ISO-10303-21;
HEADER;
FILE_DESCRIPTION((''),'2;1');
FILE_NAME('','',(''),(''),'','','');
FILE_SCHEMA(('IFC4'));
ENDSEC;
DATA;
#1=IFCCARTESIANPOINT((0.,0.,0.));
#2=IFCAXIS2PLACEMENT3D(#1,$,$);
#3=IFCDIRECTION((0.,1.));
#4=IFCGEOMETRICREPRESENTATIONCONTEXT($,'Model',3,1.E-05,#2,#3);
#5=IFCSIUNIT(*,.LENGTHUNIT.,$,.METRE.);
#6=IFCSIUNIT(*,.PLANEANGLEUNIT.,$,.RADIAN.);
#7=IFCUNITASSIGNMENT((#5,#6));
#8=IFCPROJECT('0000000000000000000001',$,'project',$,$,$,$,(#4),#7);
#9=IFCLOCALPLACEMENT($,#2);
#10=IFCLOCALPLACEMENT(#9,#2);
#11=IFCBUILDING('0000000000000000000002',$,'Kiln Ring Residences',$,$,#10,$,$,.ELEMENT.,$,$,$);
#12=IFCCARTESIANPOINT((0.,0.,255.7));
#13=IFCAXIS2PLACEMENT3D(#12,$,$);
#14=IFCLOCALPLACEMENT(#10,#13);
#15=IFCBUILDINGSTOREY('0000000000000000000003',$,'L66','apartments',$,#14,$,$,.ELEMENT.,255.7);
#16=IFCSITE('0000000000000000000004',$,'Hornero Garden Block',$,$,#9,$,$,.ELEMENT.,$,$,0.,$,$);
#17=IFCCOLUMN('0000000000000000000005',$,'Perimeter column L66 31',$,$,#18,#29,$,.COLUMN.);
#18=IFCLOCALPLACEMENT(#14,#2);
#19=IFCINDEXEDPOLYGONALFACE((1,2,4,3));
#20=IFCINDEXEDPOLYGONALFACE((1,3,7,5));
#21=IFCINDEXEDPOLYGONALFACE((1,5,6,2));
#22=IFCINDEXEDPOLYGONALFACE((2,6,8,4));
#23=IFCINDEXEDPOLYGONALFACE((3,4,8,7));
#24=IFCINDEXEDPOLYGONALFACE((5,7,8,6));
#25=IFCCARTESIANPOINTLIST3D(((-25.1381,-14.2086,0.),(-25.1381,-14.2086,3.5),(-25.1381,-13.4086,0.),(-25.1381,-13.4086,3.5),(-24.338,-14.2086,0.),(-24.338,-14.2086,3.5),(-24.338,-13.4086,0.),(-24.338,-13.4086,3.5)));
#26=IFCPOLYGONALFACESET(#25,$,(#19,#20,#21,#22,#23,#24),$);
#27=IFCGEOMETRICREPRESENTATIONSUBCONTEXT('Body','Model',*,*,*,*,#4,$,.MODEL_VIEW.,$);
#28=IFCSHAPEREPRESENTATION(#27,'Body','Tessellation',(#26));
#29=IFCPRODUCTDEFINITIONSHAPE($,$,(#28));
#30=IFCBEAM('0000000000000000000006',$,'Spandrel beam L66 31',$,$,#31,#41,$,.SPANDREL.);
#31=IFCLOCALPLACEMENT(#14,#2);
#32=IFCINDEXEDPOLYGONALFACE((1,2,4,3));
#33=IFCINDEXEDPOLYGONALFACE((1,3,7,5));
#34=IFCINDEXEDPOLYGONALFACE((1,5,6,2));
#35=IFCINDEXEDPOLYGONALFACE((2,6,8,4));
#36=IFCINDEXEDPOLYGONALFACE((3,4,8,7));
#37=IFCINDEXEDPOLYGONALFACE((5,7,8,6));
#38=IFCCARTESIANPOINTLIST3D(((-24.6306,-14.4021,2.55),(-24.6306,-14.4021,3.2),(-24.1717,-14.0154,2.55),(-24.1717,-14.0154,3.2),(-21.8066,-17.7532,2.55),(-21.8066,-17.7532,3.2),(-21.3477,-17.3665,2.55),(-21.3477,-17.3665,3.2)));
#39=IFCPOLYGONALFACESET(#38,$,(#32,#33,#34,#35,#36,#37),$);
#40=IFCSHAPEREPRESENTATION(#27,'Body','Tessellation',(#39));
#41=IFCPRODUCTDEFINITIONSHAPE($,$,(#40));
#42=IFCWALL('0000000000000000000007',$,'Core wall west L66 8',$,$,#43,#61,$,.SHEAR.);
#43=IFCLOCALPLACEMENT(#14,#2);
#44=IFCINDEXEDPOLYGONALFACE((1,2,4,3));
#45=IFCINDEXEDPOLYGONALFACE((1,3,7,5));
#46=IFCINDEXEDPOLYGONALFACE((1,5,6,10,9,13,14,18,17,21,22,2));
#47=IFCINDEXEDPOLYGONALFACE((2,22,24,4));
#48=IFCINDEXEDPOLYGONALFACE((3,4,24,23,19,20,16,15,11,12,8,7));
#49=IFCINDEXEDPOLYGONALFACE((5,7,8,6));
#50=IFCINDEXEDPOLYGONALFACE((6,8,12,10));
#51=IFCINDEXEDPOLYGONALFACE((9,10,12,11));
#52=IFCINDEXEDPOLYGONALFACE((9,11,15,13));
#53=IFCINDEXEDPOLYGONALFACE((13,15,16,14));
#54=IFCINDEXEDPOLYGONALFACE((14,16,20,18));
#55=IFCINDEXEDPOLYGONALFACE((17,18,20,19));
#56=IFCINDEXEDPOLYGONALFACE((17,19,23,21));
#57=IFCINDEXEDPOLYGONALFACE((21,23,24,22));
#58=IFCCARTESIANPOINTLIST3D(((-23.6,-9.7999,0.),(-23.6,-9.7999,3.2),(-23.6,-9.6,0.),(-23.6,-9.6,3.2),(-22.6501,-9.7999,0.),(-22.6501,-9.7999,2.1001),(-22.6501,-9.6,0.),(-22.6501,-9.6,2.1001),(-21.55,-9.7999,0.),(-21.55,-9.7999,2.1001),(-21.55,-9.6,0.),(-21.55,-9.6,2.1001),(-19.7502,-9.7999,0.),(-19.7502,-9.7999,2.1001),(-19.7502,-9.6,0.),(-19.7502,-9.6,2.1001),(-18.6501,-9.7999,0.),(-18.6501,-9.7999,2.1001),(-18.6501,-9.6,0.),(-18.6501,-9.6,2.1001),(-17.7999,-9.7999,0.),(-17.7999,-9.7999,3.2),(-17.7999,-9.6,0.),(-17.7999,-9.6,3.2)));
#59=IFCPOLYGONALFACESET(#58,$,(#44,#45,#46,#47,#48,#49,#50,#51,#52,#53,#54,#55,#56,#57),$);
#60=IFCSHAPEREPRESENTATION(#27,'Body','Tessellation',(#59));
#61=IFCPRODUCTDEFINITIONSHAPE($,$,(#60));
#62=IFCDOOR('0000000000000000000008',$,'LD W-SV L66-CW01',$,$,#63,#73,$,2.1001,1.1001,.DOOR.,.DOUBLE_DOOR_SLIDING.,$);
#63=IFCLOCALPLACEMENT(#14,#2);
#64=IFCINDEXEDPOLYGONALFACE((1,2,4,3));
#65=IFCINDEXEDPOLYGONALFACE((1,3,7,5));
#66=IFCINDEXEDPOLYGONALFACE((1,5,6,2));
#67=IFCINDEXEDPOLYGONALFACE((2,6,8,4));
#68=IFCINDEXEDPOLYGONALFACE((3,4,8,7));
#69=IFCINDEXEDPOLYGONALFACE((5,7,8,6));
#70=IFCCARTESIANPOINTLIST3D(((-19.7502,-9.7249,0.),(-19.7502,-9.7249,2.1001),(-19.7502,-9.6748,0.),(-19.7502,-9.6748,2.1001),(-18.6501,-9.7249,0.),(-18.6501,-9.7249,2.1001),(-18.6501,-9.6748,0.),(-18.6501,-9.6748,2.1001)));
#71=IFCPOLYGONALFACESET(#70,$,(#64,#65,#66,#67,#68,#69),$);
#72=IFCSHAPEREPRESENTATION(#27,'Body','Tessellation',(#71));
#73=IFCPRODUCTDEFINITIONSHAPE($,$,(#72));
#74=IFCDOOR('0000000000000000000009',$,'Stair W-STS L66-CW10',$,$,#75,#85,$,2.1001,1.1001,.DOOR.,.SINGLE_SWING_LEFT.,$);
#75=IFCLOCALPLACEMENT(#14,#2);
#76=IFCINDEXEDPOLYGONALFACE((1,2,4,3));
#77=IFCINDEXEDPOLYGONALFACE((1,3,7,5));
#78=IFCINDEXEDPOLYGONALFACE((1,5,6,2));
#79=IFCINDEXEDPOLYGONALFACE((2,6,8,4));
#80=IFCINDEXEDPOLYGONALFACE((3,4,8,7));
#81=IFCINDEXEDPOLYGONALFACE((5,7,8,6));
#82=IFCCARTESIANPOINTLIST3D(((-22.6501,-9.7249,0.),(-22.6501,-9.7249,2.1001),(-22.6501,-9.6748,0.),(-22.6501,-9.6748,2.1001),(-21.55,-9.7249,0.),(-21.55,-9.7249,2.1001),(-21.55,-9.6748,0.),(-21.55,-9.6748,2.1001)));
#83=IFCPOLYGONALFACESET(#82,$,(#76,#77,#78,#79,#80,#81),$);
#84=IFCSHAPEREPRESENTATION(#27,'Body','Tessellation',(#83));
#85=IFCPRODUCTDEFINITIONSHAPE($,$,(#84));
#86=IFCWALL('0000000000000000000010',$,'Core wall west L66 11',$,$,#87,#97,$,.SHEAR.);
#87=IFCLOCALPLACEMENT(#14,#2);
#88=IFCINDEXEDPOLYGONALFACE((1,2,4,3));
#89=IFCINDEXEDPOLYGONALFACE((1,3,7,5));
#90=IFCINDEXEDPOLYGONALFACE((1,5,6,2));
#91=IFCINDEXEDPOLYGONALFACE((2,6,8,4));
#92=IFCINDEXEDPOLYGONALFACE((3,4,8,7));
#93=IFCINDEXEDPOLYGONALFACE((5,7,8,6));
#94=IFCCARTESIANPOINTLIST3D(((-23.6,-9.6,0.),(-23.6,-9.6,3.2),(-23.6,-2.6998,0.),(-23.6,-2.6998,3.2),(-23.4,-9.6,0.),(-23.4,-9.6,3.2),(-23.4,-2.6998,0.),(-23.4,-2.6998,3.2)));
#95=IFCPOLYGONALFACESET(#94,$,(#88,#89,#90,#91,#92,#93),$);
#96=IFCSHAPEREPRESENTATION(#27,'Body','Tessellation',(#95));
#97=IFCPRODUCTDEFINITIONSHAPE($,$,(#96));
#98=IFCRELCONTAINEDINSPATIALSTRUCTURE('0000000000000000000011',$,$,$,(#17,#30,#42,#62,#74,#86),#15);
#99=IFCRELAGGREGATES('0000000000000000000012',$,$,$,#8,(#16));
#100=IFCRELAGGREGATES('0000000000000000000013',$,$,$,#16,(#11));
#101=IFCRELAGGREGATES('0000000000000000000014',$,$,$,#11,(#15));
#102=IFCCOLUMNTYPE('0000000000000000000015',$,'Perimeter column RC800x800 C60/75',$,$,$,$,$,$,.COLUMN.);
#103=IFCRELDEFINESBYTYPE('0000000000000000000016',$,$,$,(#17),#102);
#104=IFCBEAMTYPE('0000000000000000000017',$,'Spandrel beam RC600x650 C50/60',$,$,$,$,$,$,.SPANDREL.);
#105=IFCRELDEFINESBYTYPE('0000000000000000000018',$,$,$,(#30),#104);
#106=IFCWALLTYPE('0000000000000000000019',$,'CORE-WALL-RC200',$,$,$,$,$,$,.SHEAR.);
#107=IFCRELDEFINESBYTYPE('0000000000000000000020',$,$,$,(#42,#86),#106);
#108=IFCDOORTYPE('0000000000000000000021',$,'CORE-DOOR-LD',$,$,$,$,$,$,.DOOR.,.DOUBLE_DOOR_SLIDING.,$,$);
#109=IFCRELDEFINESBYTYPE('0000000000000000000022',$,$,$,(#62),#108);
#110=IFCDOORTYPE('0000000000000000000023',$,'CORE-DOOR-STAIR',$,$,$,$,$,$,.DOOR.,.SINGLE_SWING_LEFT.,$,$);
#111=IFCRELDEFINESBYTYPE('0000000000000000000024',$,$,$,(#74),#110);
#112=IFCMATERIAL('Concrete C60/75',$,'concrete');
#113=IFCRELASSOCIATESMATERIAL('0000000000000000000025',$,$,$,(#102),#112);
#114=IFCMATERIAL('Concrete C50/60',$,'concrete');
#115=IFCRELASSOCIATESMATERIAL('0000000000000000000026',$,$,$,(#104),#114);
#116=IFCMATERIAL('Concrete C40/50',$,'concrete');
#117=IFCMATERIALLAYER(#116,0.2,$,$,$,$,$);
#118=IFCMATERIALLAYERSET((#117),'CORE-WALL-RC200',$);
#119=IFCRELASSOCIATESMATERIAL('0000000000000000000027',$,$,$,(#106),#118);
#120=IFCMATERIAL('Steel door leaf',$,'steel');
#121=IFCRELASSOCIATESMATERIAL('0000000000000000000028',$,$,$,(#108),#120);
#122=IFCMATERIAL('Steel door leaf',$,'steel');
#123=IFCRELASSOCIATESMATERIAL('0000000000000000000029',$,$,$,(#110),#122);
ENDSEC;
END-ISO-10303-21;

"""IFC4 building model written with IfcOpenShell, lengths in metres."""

from ifc_helpers import new_model, si_unit, direction, frame, frame_2d, origin, origin_2d, place, context, subcontext, project, spatial, rectangle, extrude, material, layer, layer_set, material_profile, profile_set, type_object, element, fill, save


model = new_model("IFC4")

# Units and contexts
model_context = context("Model", 3, precision=1e-05, world=origin(), true_north=direction((0.0, 1.0)))
body_context = subcontext(model_context, "Body", "Model", "MODEL_VIEW")
ifc_project = project(units=[si_unit("LENGTHUNIT", "METRE"), si_unit("PLANEANGLEUNIT", "RADIAN")], contexts=[model_context])

# Site, building, storey
site_placement = place(None, origin())
site = spatial("IfcSite", under=ifc_project, at=site_placement, Name="Hornero Garden Block", CompositionType="ELEMENT", RefElevation=0.0)
building_placement = place(site_placement, origin())
building = spatial("IfcBuilding", under=site, at=building_placement, Name="Kiln Ring Residences", CompositionType="ELEMENT")
storey_placement = place(building_placement, frame((0.0, 0.0, 255.7)))
storey = spatial("IfcBuildingStorey", under=building, at=storey_placement, Name="L66", Description="apartments", CompositionType="ELEMENT", Elevation=255.7)

# Column
ifc_material_1 = material(Name="Concrete C60/75", Category="concrete")
ifc_material_profile_1 = material_profile(ifc_material_1, rectangle(XDim=0.8, YDim=0.8, at=origin_2d()), Name="RC800x800")
ifc_profile_set_1 = profile_set([ifc_material_profile_1], Name="Concrete C60/75")
column_type = type_object("IfcColumnType", Name="Perimeter column RC800x800 C60/75", PredefinedType="COLUMN", material=ifc_profile_set_1)
column_placement = place(storey_placement, frame((-24.738, -13.8086, 0.0), z_axis=(0.0, 0.0, 1.0), x_axis=(1.0, 0.0, 0.0)))
element("IfcColumn", 1, at=column_placement, inside=storey, type_object=column_type, Name="Perimeter column L66 31", PredefinedType="COLUMN", context=body_context, shape_type="SweptSolid", body=[
    extrude(rectangle(XDim=0.8, YDim=0.8, at=origin_2d()), origin(), (0.0, 0.0, 1.0), 3.5),
])

# Beam
ifc_material_2 = material(Name="Concrete C50/60", Category="concrete")
ifc_material_profile_2 = material_profile(ifc_material_2, rectangle(XDim=0.6001, YDim=0.6499, at=origin_2d()), Name="RC600x650")
ifc_profile_set_2 = profile_set([ifc_material_profile_2], Name="Concrete C50/60")
beam_type = type_object("IfcBeamType", Name="Spandrel beam RC600x650 C50/60", PredefinedType="SPANDREL", material=ifc_profile_set_2)
beam_placement = place(storey_placement, frame((-24.4011, -14.2087, 2.875), z_axis=(0.644405, -0.764684, 0.0), x_axis=(0.764684, 0.644405, 0.0)))
element("IfcBeam", 2, at=beam_placement, inside=storey, type_object=beam_type, Name="Spandrel beam L66 31", PredefinedType="SPANDREL", context=body_context, shape_type="SweptSolid", body=[
    extrude(rectangle(XDim=0.6001, YDim=0.6499, at=origin_2d()), origin(), (0.0, 0.0, 1.0), 4.3823),
])

# Wall, openings, doors
ifc_material_3 = material(Name="Concrete C40/50", Category="concrete")
ifc_layer_1 = layer(ifc_material_3, 0.2)
ifc_layer_set_1 = layer_set([ifc_layer_1], Name="CORE-WALL-RC200")
wall_type_1 = type_object("IfcWallType", Name="CORE-WALL-RC200", PredefinedType="SHEAR", material=ifc_layer_set_1)
wall_1_placement = place(storey_placement, frame((-17.8, -9.7, 0.0), z_axis=(0.0, 0.0, 1.0), x_axis=(-1.0, 0.0, 0.0)))
wall_1 = element("IfcWall", 3, at=wall_1_placement, inside=storey, type_object=wall_type_1, Name="Core wall west L66 8", PredefinedType="SHEAR", context=body_context, shape_type="SweptSolid", body=[
    extrude(rectangle(XDim=5.8, YDim=0.2, at=frame_2d((2.8999, 0.0))), origin(), (0.0, 0.0, 1.0), 3.2),
])
opening_1_placement = place(wall_1_placement, frame((0.8501, 0.0, 0.0)))
opening_1 = element("IfcOpeningElement", 4, at=opening_1_placement, cuts=wall_1, PredefinedType="OPENING", context=body_context, shape_type="SweptSolid", body=[
    extrude(rectangle(XDim=1.1001, YDim=2.1001, at=frame_2d((0.55, 1.05))), frame((0.0, 0.1099, 0.0), z_axis=(0.0, -1.0, 0.0), x_axis=(1.0, 0.0, 0.0)), (0.0, 0.0, 1.0), 0.22),
])
opening_2_placement = place(wall_1_placement, frame((3.75, 0.0, 0.0)))
opening_2 = element("IfcOpeningElement", 5, at=opening_2_placement, cuts=wall_1, PredefinedType="OPENING", context=body_context, shape_type="SweptSolid", body=[
    extrude(rectangle(XDim=1.1001, YDim=2.1001, at=frame_2d((0.55, 1.05))), frame((0.0, 0.1099, 0.0), z_axis=(0.0, -1.0, 0.0), x_axis=(1.0, 0.0, 0.0)), (0.0, 0.0, 1.0), 0.22),
])
ifc_material_4 = material(Name="Steel door leaf", Category="steel")
door_type_1 = type_object("IfcDoorType", Name="CORE-DOOR-LD", OperationType="DOUBLE_DOOR_SLIDING", PredefinedType="DOOR", material=ifc_material_4)
door_1_placement = place(opening_1_placement, origin())
door_1 = element("IfcDoor", 6, at=door_1_placement, inside=storey, type_object=door_type_1, Name="LD W-SV L66-CW01", OperationType="DOUBLE_DOOR_SLIDING", OverallHeight=2.1001, OverallWidth=1.1001, PredefinedType="DOOR", context=body_context, shape_type="SweptSolid", body=[
    extrude(rectangle(XDim=1.1001, YDim=2.1001, at=frame_2d((0.55, 1.05))), frame((0.0, 0.0249, 0.0), z_axis=(0.0, -1.0, 0.0), x_axis=(1.0, 0.0, 0.0)), (0.0, 0.0, 1.0), 0.05),
])
fill(opening_1, door_1)
ifc_material_5 = material(Name="Steel door leaf", Category="steel")
door_type_2 = type_object("IfcDoorType", Name="CORE-DOOR-STAIR", OperationType="SINGLE_SWING_LEFT", PredefinedType="DOOR", material=ifc_material_5)
door_2_placement = place(opening_2_placement, origin())
door_2 = element("IfcDoor", 7, at=door_2_placement, inside=storey, type_object=door_type_2, Name="Stair W-STS L66-CW10", OperationType="SINGLE_SWING_LEFT", OverallHeight=2.1001, OverallWidth=1.1001, PredefinedType="DOOR", context=body_context, shape_type="SweptSolid", body=[
    extrude(rectangle(XDim=1.1001, YDim=2.1001, at=frame_2d((0.55, 1.05))), frame((0.0, 0.0249, 0.0), z_axis=(0.0, -1.0, 0.0), x_axis=(1.0, 0.0, 0.0)), (0.0, 0.0, 1.0), 0.05),
])
fill(opening_2, door_2)

# Wall
wall_2_placement = place(storey_placement, frame((-23.5, -9.6001, 0.0), z_axis=(0.0, 0.0, 1.0), x_axis=(0.0, 1.0, 0.0)))
element("IfcWall", 8, at=wall_2_placement, inside=storey, type_object=wall_type_1, Name="Core wall west L66 11", PredefinedType="SHEAR", context=body_context, shape_type="SweptSolid", body=[
    extrude(rectangle(XDim=6.9001, YDim=0.2, at=frame_2d((3.4502, 0.0))), origin(), (0.0, 0.0, 1.0), 3.2),
])

save(model, "model.ifc")
